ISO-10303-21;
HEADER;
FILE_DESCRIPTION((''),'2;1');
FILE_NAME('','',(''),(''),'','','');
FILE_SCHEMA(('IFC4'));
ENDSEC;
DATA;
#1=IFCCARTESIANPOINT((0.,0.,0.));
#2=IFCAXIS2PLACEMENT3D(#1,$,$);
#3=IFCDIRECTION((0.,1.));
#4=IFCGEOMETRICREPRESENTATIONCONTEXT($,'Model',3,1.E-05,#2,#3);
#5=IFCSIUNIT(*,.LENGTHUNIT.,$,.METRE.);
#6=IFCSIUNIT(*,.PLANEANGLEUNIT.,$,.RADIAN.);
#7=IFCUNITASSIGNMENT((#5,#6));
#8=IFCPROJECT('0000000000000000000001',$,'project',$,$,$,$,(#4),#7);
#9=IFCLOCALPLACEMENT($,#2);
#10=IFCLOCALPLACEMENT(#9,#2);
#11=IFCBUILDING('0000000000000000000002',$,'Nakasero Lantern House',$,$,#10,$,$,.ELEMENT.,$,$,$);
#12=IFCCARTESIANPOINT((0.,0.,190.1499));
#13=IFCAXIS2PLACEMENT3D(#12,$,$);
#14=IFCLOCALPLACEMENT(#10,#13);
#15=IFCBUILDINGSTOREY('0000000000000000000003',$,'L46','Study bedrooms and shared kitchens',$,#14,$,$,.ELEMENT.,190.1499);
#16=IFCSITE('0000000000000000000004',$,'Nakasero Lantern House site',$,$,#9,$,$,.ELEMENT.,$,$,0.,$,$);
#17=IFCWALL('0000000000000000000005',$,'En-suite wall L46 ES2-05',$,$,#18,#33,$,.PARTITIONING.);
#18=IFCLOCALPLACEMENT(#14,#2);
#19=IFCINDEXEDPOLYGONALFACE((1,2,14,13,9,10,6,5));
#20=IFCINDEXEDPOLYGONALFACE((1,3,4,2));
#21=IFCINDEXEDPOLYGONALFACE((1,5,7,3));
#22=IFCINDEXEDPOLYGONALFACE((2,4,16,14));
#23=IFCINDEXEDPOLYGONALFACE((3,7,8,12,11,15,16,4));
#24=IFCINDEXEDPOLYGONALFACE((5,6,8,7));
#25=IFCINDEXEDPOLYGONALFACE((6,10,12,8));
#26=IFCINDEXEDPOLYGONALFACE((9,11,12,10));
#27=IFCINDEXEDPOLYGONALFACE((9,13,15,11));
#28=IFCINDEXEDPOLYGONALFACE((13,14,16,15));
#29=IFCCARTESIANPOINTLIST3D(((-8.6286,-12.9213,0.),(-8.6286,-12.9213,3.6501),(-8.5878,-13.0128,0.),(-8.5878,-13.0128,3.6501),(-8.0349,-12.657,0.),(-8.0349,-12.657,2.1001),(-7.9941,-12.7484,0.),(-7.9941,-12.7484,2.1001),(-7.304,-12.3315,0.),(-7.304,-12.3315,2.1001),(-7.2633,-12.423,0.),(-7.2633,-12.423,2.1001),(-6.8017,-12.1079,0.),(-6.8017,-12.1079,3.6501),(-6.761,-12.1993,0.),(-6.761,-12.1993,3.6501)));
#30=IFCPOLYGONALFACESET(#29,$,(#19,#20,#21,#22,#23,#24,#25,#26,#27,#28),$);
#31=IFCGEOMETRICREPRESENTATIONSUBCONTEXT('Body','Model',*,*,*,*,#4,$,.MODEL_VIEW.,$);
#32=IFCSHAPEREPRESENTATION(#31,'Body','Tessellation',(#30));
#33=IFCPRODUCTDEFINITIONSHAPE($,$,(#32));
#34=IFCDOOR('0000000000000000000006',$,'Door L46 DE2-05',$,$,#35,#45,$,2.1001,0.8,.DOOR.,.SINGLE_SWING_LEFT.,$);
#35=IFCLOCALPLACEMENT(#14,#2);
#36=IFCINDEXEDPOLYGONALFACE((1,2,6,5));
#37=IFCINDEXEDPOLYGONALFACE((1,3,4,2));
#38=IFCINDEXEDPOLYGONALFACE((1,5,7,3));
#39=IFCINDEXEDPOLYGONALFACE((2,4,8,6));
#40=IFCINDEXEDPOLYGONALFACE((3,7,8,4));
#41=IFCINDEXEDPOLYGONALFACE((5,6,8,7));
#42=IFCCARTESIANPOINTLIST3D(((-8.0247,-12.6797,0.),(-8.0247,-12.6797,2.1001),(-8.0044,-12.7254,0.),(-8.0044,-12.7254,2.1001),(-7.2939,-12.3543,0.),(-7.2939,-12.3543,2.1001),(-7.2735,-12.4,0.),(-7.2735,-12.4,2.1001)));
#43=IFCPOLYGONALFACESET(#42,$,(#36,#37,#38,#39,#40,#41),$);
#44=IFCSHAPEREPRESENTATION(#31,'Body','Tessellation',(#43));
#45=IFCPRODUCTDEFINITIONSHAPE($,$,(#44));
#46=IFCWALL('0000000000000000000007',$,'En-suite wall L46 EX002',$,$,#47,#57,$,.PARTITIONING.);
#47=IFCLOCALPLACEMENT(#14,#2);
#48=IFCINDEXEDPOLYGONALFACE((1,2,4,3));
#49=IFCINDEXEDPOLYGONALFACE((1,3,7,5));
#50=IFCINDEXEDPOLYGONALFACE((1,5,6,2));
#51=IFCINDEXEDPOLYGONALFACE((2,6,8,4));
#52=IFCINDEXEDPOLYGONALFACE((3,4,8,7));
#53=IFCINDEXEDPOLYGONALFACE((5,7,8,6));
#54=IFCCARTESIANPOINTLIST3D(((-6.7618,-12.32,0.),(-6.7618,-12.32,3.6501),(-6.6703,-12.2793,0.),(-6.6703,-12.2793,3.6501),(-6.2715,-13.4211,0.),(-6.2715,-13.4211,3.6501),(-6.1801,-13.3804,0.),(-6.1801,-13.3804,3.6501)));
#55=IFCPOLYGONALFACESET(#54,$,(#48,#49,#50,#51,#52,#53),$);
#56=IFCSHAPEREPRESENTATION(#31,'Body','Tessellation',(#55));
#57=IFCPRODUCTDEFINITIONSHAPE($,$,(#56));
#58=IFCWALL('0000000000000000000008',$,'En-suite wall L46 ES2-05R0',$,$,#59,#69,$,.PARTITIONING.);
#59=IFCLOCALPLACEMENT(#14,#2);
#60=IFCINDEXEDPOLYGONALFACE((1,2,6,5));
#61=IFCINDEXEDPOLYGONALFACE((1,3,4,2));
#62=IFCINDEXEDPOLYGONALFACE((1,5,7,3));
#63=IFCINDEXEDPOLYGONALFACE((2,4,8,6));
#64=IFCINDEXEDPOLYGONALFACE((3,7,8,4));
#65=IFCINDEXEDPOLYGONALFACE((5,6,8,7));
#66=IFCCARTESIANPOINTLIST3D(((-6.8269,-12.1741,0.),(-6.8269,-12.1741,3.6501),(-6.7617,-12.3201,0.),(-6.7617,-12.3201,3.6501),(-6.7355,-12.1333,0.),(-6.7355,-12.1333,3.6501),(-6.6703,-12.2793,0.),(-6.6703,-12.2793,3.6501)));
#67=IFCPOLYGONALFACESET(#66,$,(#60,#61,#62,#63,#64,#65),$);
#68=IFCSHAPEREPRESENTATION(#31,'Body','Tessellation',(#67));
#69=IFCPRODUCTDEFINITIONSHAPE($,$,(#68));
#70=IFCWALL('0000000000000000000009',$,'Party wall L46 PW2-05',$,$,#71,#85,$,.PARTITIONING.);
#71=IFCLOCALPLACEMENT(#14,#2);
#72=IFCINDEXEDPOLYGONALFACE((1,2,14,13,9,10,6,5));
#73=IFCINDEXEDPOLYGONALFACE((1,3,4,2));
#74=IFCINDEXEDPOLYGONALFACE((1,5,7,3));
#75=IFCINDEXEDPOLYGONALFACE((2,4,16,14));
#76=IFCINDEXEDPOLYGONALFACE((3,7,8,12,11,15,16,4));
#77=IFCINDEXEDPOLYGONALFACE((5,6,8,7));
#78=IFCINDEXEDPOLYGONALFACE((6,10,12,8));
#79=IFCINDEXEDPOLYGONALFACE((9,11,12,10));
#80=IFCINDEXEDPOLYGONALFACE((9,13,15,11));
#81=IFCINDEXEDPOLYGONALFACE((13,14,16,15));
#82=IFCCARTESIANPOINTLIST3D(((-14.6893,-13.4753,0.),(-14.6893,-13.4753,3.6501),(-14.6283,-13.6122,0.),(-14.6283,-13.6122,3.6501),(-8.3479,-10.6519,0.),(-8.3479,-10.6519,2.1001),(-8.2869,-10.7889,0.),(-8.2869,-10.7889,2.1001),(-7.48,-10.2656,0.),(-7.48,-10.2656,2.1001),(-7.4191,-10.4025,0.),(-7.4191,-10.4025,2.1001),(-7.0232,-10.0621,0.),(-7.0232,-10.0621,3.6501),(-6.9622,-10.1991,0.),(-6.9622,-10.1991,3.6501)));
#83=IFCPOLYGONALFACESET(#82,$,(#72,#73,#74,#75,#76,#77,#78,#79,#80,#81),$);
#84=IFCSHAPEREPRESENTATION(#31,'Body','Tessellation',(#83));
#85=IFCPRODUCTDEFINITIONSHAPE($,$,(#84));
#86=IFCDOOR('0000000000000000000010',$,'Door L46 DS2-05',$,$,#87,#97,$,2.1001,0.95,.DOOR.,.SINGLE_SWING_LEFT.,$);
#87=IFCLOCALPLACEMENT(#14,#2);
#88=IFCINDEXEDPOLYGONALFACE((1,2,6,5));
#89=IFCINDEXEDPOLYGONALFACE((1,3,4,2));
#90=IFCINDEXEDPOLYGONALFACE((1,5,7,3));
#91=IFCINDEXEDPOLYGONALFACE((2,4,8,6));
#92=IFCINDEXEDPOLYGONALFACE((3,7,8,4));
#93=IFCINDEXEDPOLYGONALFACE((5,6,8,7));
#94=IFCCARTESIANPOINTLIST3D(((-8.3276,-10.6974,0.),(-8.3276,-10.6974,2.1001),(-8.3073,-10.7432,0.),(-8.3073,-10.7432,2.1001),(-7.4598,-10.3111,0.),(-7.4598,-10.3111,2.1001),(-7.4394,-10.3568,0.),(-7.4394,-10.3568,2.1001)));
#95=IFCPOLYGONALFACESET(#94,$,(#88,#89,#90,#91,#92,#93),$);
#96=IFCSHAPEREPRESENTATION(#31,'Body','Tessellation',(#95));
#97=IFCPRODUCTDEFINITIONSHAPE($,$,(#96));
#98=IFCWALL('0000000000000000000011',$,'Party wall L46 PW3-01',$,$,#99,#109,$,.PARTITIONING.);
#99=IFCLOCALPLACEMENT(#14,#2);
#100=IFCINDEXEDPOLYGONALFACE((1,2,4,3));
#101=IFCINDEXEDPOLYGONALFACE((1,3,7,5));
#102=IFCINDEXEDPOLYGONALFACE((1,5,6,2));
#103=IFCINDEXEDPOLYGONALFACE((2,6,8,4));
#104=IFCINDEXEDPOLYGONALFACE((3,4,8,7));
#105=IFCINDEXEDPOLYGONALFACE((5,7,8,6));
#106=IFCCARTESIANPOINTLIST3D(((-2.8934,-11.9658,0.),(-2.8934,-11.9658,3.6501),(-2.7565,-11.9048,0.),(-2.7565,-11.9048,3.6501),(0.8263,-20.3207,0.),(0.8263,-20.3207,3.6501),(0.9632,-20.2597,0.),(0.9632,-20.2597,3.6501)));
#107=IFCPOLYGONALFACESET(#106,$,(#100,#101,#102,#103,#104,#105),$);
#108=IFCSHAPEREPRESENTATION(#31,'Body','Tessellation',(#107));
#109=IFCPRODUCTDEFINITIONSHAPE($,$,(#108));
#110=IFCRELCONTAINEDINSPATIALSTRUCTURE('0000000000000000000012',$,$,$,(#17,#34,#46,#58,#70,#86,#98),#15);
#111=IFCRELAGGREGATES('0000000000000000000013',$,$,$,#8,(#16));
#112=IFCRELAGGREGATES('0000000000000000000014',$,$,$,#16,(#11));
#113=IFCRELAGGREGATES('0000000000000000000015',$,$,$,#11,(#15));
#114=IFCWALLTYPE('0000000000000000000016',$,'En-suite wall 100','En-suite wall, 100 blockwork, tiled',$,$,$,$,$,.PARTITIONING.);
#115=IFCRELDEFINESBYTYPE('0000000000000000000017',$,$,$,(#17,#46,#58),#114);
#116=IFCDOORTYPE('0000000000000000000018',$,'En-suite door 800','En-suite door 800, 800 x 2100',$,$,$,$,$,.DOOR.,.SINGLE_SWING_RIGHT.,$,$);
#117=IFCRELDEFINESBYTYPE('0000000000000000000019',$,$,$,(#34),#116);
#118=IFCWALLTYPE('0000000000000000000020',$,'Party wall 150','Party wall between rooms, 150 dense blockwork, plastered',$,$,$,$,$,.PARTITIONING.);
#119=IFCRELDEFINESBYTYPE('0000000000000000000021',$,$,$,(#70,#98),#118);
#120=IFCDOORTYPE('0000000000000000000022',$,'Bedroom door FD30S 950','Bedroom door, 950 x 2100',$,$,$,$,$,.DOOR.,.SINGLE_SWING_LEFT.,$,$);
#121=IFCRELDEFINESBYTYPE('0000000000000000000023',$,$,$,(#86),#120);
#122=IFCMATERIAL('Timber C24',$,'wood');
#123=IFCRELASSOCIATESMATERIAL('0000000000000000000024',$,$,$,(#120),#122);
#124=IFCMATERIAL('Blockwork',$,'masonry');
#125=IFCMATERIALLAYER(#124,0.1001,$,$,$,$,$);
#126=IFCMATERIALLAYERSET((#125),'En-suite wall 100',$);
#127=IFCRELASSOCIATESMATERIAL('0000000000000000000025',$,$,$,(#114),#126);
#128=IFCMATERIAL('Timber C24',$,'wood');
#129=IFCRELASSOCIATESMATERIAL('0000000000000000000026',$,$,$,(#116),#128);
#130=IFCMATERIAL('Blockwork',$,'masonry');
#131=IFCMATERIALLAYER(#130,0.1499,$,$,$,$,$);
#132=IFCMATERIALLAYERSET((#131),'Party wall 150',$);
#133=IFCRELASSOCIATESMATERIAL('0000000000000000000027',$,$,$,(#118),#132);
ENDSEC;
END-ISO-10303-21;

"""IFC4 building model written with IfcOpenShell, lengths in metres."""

from ifc_helpers import new_model, si_unit, direction, frame, frame_2d, origin, place, context, subcontext, project, spatial, rectangle, extrude, material, layer, layer_set, type_object, element, fill, save


model = new_model("IFC4")

# Units and contexts
model_context = context("Model", 3, precision=1e-05, world=origin(), true_north=direction((0.0, 1.0)))
body_context = subcontext(model_context, "Body", "Model", "MODEL_VIEW")
ifc_project = project(units=[si_unit("LENGTHUNIT", "METRE"), si_unit("PLANEANGLEUNIT", "RADIAN")], contexts=[model_context])

# Site, building, storey
site_placement = place(None, origin())
site = spatial("IfcSite", under=ifc_project, at=site_placement, Name="Nakasero Lantern House site", CompositionType="ELEMENT", RefElevation=0.0)
building_placement = place(site_placement, origin())
building = spatial("IfcBuilding", under=site, at=building_placement, Name="Nakasero Lantern House", CompositionType="ELEMENT")
storey_placement = place(building_placement, frame((0.0, 0.0, 190.1499)))
storey = spatial("IfcBuildingStorey", under=building, at=storey_placement, Name="L46", Description="Study bedrooms and shared kitchens", CompositionType="ELEMENT", Elevation=190.1499)

# Wall, opening, door
ifc_material_1 = material(Name="Timber C24", Category="wood")
door_type_1 = type_object("IfcDoorType", Name="Bedroom door FD30S 950", Description="Bedroom door, 950 x 2100", OperationType="SINGLE_SWING_LEFT", PredefinedType="DOOR", material=ifc_material_1)
ifc_material_2 = material(Name="Blockwork", Category="masonry")
ifc_layer_1 = layer(ifc_material_2, 0.1001)
ifc_layer_set_1 = layer_set([ifc_layer_1], Name="En-suite wall 100")
wall_type_1 = type_object("IfcWallType", Name="En-suite wall 100", Description="En-suite wall, 100 blockwork, tiled", PredefinedType="PARTITIONING", material=ifc_layer_set_1)
wall_1_placement = place(storey_placement, frame((-6.7812, -12.1536, 0.0), z_axis=(0.0, 0.0, 1.0), x_axis=(-0.913529, -0.406773, 0.0)))
wall_1 = element("IfcWall", 1, at=wall_1_placement, inside=storey, type_object=wall_type_1, Name="En-suite wall L46 ES2-05", PredefinedType="PARTITIONING", context=body_context, shape_type="SweptSolid", body=[
    extrude(rectangle(XDim=1.9998, YDim=0.1001, at=frame_2d((1.0, 0.0))), origin(), (0.0, 0.0, 1.0), 3.6501),
])
opening_1_placement = place(wall_1_placement, frame((0.55, 0.0, 0.0)))
opening_1 = element("IfcOpeningElement", 2, at=opening_1_placement, cuts=wall_1, PredefinedType="OPENING", context=body_context, shape_type="SweptSolid", body=[
    extrude(rectangle(XDim=0.8, YDim=2.1001, at=frame_2d((0.3999, 1.05))), frame((0.0, 0.0701, 0.0), z_axis=(0.0, -1.0, 0.0), x_axis=(1.0, 0.0, 0.0)), (0.0, 0.0, 1.0), 0.1401),
])
ifc_material_3 = material(Name="Timber C24", Category="wood")
door_type_2 = type_object("IfcDoorType", Name="En-suite door 800", Description="En-suite door 800, 800 x 2100", OperationType="SINGLE_SWING_RIGHT", PredefinedType="DOOR", material=ifc_material_3)
door_1_placement = place(opening_1_placement, origin())
door_1 = element("IfcDoor", 3, at=door_1_placement, inside=storey, type_object=door_type_2, Name="Door L46 DE2-05", OperationType="SINGLE_SWING_LEFT", OverallHeight=2.1001, OverallWidth=0.8, PredefinedType="DOOR", context=body_context, shape_type="SweptSolid", body=[
    extrude(rectangle(XDim=0.8, YDim=2.1001, at=frame_2d((0.3999, 1.05))), frame((0.0, 0.0249, 0.0), z_axis=(0.0, -1.0, 0.0), x_axis=(1.0, 0.0, 0.0)), (0.0, 0.0, 1.0), 0.05),
])
fill(opening_1, door_1)

# Walls
wall_2_placement = place(storey_placement, frame((-6.2258, -13.4006, 0.0), z_axis=(0.0, 0.0, 1.0), x_axis=(-0.40674, 0.913544, 0.0)))
element("IfcWall", 4, at=wall_2_placement, inside=storey, type_object=wall_type_1, Name="En-suite wall L46 EX002", PredefinedType="PARTITIONING", context=body_context, shape_type="SweptSolid", body=[
    extrude(rectangle(XDim=1.2053, YDim=0.1001, at=frame_2d((0.6025, 0.0))), origin(), (0.0, 0.0, 1.0), 3.6501),
])
wall_3_placement = place(storey_placement, frame((-6.7812, -12.1536, 0.0), z_axis=(0.0, 0.0, 1.0), x_axis=(0.407696, -0.913118, 0.0)))
element("IfcWall", 5, at=wall_3_placement, inside=storey, type_object=wall_type_1, Name="En-suite wall L46 ES2-05R0", PredefinedType="PARTITIONING", context=body_context, shape_type="SweptSolid", body=[
    extrude(rectangle(XDim=0.1599, YDim=0.1001, at=frame_2d((0.0801, 0.0))), origin(), (0.0, 0.0, 1.0), 3.6501),
])

# Wall, opening, door
ifc_material_4 = material(Name="Blockwork", Category="masonry")
ifc_layer_2 = layer(ifc_material_4, 0.1499)
ifc_layer_set_2 = layer_set([ifc_layer_2], Name="Party wall 150")
wall_type_2 = type_object("IfcWallType", Name="Party wall 150", Description="Party wall between rooms, 150 dense blockwork, plastered", PredefinedType="PARTITIONING", material=ifc_layer_set_2)
wall_4_placement = place(storey_placement, frame((-6.9927, -10.1306, 0.0), z_axis=(0.0, 0.0, 1.0), x_axis=(-0.913547, -0.406732, 0.0)))
wall_4 = element("IfcWall", 6, at=wall_4_placement, inside=storey, type_object=wall_type_2, Name="Party wall L46 PW2-05", PredefinedType="PARTITIONING", context=body_context, shape_type="SweptSolid", body=[
    extrude(rectangle(XDim=8.3916, YDim=0.1499, at=frame_2d((4.1958, 0.0))), origin(), (0.0, 0.0, 1.0), 3.6501),
])
opening_2_placement = place(wall_4_placement, frame((0.5, 0.0, 0.0)))
opening_2 = element("IfcOpeningElement", 7, at=opening_2_placement, cuts=wall_4, PredefinedType="OPENING", context=body_context, shape_type="SweptSolid", body=[
    extrude(rectangle(XDim=0.95, YDim=2.1001, at=frame_2d((0.4751, 1.05))), frame((0.0, 0.095, 0.0), z_axis=(0.0, -1.0, 0.0), x_axis=(1.0, 0.0, 0.0)), (0.0, 0.0, 1.0), 0.1899),
])
door_2_placement = place(opening_2_placement, origin())
door_2 = element("IfcDoor", 8, at=door_2_placement, inside=storey, type_object=door_type_1, Name="Door L46 DS2-05", OperationType="SINGLE_SWING_LEFT", OverallHeight=2.1001, OverallWidth=0.95, PredefinedType="DOOR", context=body_context, shape_type="SweptSolid", body=[
    extrude(rectangle(XDim=0.95, YDim=2.1001, at=frame_2d((0.4751, 1.05))), frame((0.0, 0.0249, 0.0), z_axis=(0.0, -1.0, 0.0), x_axis=(1.0, 0.0, 0.0)), (0.0, 0.0, 1.0), 0.05),
])
fill(opening_2, door_2)

# Wall
wall_5_placement = place(storey_placement, frame((-2.825, -11.9353, 0.0), z_axis=(0.0, 0.0, 1.0), x_axis=(0.406723, -0.913552, 0.0)))
element("IfcWall", 9, at=wall_5_placement, inside=storey, type_object=wall_type_2, Name="Party wall L46 PW3-01", PredefinedType="PARTITIONING", context=body_context, shape_type="SweptSolid", body=[
    extrude(rectangle(XDim=9.1455, YDim=0.1499, at=frame_2d((4.5728, 0.0))), origin(), (0.0, 0.0, 1.0), 3.6501),
])

save(model, "model.ifc")
